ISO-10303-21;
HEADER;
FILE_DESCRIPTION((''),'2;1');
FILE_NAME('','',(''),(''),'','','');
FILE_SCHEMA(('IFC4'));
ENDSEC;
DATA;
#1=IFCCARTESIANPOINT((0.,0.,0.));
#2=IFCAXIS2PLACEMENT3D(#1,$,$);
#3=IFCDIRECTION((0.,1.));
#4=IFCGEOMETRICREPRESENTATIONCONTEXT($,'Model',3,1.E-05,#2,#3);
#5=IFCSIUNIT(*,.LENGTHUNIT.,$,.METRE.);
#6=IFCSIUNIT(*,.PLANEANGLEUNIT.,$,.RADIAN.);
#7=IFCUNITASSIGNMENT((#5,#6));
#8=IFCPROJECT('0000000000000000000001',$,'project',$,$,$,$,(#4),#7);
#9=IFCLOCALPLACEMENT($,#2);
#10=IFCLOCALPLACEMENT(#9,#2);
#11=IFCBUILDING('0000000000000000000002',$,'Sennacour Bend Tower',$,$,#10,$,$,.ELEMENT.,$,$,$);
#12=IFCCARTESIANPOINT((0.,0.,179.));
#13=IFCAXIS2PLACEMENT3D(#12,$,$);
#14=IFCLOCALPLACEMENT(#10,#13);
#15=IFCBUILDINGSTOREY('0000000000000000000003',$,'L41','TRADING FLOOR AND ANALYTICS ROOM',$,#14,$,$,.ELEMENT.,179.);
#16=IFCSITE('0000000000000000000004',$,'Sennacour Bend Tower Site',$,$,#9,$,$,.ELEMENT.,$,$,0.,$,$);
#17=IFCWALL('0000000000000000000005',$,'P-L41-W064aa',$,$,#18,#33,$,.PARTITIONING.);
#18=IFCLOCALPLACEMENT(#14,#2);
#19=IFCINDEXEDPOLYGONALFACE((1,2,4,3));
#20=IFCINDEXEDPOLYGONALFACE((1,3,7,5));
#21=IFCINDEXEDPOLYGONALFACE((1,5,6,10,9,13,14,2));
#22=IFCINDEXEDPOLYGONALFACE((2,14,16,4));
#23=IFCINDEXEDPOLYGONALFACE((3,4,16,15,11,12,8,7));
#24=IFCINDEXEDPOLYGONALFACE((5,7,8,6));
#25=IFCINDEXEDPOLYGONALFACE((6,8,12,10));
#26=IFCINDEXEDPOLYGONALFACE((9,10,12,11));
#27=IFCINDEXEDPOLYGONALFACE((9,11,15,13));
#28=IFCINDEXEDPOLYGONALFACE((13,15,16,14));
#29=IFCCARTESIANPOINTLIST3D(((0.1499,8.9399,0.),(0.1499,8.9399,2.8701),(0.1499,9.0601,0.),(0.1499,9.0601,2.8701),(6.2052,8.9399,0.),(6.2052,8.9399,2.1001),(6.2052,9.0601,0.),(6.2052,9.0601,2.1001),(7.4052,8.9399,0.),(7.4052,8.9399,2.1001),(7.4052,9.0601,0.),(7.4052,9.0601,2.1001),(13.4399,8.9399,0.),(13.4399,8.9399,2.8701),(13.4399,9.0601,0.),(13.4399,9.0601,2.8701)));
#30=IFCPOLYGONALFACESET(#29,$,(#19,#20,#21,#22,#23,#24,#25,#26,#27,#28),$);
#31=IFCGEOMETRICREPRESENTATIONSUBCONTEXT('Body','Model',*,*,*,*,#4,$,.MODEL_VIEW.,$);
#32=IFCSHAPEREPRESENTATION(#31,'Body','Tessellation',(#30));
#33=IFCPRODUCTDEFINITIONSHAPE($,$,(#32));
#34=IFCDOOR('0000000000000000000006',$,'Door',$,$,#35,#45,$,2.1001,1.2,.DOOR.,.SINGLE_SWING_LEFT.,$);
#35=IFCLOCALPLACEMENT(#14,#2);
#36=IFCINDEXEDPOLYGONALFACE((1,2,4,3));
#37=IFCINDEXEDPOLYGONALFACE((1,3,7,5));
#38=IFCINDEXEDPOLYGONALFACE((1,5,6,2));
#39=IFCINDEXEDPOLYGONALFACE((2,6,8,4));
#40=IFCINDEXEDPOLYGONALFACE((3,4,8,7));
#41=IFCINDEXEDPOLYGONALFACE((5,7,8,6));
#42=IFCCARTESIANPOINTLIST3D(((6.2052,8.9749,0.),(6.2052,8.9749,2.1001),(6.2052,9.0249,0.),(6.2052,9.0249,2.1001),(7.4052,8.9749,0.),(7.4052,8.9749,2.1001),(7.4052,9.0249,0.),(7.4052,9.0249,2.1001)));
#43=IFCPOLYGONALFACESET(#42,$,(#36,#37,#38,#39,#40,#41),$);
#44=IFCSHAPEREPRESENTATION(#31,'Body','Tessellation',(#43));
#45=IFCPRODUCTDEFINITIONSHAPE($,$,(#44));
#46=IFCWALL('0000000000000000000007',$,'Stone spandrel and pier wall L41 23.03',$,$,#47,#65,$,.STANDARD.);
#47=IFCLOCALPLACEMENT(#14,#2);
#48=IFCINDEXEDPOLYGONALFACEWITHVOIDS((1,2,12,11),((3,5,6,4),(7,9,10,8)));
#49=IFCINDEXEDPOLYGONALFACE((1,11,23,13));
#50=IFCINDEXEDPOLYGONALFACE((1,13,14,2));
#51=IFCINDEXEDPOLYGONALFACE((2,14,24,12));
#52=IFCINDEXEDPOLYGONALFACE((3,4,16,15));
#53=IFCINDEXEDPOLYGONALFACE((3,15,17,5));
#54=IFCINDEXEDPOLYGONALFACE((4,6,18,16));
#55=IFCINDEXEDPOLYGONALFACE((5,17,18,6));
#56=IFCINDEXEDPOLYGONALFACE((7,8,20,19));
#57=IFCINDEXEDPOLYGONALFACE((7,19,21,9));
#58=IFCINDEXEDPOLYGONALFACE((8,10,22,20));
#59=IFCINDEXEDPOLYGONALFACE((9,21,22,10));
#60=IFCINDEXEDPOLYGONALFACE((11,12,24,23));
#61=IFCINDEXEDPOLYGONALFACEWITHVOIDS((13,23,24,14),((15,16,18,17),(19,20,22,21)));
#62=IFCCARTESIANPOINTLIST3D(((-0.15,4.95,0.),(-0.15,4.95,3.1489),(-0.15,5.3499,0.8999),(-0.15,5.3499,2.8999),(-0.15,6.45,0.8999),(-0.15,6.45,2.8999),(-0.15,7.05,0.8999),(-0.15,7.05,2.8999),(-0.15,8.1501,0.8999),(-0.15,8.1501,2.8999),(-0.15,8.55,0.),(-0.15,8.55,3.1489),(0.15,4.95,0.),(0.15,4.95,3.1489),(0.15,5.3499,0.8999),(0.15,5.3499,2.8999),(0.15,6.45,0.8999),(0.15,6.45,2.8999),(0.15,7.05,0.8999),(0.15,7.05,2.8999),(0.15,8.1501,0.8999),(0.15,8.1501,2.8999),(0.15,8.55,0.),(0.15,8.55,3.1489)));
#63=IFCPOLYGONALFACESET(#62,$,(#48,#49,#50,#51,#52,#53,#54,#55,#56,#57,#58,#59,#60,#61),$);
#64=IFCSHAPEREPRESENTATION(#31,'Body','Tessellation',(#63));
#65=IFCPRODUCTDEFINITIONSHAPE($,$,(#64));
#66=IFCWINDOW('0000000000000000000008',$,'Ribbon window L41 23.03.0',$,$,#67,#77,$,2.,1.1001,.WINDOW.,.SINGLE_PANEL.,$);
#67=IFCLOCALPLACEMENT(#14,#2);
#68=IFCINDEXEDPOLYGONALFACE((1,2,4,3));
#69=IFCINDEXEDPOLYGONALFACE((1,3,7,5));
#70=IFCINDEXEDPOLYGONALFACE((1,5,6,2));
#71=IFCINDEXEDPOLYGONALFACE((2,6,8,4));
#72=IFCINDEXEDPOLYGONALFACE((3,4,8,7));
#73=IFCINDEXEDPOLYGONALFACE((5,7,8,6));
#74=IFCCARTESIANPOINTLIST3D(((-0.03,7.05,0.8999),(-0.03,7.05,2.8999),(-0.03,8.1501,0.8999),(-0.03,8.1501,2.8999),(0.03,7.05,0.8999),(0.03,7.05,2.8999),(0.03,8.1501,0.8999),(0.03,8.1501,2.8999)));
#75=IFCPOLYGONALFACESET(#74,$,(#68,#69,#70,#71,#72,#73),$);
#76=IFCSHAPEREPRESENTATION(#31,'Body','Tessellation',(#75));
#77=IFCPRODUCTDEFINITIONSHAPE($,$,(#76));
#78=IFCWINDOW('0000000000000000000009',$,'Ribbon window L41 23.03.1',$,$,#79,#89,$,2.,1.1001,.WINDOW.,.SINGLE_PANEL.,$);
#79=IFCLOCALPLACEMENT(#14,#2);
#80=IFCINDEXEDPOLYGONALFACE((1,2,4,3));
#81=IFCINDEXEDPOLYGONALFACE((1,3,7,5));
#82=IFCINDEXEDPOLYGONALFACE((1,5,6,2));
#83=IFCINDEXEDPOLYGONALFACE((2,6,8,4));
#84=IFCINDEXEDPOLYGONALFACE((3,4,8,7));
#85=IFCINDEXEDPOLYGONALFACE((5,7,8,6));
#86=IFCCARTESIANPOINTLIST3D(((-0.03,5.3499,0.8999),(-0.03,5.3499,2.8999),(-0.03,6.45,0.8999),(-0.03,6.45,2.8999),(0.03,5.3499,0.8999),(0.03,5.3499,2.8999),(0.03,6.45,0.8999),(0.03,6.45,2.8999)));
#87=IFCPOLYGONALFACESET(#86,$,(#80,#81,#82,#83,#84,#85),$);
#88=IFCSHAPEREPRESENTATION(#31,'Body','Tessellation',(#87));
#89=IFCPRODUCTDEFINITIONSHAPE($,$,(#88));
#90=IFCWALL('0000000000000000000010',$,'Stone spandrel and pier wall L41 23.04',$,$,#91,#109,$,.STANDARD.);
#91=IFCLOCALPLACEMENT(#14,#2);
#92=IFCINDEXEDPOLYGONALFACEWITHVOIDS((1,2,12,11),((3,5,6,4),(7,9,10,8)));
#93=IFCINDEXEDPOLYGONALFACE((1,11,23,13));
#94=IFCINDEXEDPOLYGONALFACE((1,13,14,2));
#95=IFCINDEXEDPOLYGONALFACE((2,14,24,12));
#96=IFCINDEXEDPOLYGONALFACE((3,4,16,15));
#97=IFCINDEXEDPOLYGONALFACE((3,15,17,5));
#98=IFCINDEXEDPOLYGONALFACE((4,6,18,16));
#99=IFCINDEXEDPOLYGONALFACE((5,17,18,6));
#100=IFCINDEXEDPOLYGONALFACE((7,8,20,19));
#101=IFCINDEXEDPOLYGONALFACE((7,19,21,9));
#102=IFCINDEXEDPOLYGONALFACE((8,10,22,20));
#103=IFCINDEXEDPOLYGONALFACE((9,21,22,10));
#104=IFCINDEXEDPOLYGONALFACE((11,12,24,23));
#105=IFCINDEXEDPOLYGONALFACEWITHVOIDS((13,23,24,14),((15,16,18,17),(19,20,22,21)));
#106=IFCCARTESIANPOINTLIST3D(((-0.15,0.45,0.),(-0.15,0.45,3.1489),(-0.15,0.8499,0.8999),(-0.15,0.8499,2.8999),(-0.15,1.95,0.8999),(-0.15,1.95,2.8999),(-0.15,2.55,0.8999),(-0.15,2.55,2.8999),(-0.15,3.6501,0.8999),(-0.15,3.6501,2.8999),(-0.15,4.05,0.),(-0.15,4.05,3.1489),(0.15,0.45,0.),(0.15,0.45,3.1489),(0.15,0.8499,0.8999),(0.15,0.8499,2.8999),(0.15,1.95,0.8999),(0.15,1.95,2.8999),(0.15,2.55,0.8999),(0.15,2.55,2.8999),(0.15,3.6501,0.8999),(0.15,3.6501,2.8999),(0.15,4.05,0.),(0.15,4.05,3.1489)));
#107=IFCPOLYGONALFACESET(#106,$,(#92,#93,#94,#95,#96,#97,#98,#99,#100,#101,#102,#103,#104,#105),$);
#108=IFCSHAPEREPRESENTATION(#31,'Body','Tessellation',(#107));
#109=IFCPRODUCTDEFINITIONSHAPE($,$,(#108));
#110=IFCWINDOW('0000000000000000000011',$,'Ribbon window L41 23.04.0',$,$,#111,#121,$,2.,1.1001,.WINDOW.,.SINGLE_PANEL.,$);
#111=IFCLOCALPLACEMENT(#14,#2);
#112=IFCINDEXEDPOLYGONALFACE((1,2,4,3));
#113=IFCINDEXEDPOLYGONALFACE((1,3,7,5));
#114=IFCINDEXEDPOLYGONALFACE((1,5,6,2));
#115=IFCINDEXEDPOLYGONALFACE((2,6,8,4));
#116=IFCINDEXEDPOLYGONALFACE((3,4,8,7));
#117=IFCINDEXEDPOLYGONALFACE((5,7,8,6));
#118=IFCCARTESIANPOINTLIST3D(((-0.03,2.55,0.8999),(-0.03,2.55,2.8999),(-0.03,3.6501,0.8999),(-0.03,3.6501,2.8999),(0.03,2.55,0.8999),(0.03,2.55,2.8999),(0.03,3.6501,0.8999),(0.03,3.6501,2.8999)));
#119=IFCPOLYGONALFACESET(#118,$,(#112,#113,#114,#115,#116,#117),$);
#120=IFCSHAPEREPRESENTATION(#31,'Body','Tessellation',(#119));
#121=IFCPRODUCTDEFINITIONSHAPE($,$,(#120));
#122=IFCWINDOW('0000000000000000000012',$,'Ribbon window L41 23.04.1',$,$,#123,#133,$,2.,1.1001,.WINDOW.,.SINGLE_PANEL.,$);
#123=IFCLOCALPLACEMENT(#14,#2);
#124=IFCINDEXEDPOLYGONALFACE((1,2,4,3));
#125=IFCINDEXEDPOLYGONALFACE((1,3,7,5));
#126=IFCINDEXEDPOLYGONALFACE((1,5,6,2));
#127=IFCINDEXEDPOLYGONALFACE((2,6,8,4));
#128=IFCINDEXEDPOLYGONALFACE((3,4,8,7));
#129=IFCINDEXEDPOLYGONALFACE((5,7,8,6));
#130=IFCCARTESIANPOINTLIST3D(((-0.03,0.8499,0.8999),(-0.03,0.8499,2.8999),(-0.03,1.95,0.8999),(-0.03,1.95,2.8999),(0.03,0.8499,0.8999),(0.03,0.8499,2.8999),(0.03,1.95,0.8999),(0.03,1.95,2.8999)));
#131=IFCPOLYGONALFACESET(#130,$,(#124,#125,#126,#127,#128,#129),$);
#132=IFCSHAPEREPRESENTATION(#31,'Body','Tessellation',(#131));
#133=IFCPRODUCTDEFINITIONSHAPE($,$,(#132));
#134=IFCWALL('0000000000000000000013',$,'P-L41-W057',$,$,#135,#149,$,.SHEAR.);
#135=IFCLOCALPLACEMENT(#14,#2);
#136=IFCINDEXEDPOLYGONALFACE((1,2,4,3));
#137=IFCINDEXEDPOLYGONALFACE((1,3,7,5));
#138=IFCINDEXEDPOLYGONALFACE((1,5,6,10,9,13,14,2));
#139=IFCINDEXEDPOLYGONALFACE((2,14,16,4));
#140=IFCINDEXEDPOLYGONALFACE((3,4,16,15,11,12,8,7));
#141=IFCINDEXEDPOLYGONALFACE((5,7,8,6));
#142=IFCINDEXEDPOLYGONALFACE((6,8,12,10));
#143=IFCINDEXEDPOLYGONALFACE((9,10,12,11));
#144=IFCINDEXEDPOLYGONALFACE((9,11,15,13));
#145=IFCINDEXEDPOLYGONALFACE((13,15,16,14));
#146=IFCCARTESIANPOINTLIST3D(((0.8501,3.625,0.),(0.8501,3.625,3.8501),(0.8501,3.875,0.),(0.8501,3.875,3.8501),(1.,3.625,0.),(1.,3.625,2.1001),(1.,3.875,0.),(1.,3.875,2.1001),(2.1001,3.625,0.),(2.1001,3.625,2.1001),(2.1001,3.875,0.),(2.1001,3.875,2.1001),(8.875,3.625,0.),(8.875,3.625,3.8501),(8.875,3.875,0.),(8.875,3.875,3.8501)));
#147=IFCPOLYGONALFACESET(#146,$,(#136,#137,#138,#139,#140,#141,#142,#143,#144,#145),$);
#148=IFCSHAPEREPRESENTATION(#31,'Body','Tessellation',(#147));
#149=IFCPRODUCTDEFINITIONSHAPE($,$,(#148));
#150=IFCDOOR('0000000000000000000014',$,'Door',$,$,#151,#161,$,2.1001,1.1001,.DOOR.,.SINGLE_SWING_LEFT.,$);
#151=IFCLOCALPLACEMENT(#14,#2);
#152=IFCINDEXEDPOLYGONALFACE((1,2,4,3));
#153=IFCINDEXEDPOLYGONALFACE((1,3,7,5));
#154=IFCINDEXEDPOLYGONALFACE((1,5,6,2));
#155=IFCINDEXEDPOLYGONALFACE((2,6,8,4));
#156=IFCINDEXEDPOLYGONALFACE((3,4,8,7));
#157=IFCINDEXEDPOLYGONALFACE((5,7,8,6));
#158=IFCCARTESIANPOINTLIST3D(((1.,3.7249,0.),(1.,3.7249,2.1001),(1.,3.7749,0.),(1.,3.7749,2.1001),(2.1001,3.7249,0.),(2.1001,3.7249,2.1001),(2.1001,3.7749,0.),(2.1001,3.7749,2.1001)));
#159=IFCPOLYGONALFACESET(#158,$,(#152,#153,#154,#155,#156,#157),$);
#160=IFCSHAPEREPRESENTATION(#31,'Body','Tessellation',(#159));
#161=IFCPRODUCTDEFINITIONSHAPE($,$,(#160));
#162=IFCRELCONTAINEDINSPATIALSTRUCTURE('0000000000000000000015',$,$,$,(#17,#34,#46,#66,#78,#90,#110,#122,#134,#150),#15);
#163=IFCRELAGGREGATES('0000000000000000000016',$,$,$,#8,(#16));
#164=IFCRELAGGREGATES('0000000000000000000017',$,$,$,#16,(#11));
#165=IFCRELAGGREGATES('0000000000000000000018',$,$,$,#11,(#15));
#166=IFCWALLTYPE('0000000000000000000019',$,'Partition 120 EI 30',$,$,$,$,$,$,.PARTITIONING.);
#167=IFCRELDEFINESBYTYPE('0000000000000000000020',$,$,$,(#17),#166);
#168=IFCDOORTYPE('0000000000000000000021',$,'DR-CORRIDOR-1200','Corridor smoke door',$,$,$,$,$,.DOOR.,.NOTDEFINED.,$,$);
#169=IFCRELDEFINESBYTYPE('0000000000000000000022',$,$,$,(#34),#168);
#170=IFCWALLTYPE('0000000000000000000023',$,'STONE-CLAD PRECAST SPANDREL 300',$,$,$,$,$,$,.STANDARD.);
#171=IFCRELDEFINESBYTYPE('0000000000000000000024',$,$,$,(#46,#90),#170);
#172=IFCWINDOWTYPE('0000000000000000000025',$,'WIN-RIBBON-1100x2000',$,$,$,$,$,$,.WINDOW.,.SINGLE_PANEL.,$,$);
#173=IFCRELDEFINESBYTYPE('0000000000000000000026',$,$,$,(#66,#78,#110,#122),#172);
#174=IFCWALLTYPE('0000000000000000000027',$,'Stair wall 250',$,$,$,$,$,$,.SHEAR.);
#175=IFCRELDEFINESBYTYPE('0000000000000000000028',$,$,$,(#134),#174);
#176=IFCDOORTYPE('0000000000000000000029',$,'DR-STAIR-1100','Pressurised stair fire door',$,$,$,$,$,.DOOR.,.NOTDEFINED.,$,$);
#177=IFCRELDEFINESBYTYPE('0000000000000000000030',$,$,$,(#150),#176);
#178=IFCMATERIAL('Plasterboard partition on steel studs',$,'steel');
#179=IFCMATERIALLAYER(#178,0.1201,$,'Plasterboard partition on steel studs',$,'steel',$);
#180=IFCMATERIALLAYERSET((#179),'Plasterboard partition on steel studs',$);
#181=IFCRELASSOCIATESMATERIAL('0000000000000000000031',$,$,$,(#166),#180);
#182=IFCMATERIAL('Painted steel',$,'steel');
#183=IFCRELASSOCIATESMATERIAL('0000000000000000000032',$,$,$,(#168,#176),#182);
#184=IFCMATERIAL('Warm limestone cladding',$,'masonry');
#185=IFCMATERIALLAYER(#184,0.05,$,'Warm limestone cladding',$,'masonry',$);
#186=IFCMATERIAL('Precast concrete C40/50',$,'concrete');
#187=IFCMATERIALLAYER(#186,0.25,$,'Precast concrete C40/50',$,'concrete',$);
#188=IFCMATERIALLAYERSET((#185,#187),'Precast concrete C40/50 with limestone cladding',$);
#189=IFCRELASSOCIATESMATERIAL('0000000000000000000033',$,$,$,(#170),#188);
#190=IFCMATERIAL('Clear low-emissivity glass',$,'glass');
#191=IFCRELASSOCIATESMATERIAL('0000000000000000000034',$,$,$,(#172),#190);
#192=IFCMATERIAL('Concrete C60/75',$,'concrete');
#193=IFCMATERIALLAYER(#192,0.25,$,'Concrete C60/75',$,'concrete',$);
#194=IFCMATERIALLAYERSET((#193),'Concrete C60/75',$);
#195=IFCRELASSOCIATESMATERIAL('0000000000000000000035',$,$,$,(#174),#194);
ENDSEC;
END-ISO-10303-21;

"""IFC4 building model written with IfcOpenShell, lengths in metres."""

from ifc_helpers import new_model, si_unit, direction, frame, frame_2d, origin, place, context, subcontext, project, spatial, rectangle, extrude, material, layer, layer_set, type_object, element, fill, save


model = new_model("IFC4")

# Units and contexts
model_context = context("Model", 3, precision=1e-05, world=origin(), true_north=direction((0.0, 1.0)))
body_context = subcontext(model_context, "Body", "Model", "MODEL_VIEW")
ifc_project = project(units=[si_unit("LENGTHUNIT", "METRE"), si_unit("PLANEANGLEUNIT", "RADIAN")], contexts=[model_context])

# Site, building, storey
site_placement = place(None, origin())
site = spatial("IfcSite", under=ifc_project, at=site_placement, Name="Sennacour Bend Tower Site", CompositionType="ELEMENT", RefElevation=0.0)
building_placement = place(site_placement, origin())
building = spatial("IfcBuilding", under=site, at=building_placement, Name="Sennacour Bend Tower", CompositionType="ELEMENT")
storey_placement = place(building_placement, frame((0.0, 0.0, 179.0)))
storey = spatial("IfcBuildingStorey", under=building, at=storey_placement, Name="L41", Description="TRADING FLOOR AND ANALYTICS ROOM", CompositionType="ELEMENT", Elevation=179.0)

# Shared definitions
ifc_material_1 = material(Name="Plasterboard partition on steel studs", Category="steel")

# Wall, opening, door
ifc_layer_1 = layer(ifc_material_1, 0.1201, Name="Plasterboard partition on steel studs", Category="steel")
ifc_layer_set_1 = layer_set([ifc_layer_1], Name="Plasterboard partition on steel studs")
wall_type_1 = type_object("IfcWallType", Name="Partition 120 EI 30", PredefinedType="PARTITIONING", material=ifc_layer_set_1)
wall_1_placement = place(storey_placement, frame((0.1499, 9.0, 0.0), z_axis=(0.0, 0.0, 1.0), x_axis=(1.0, 0.0, 0.0)))
wall_1 = element("IfcWall", 1, at=wall_1_placement, inside=storey, type_object=wall_type_1, Name="P-L41-W064aa", PredefinedType="PARTITIONING", context=body_context, shape_type="SweptSolid", body=[
    extrude(rectangle(XDim=13.29, YDim=0.1201, at=frame_2d((6.645, 0.0))), origin(), (0.0, 0.0, 1.0), 2.8701),
])
opening_1_placement = place(wall_1_placement, frame((6.0552, 0.0, 0.0)))
opening_1 = element("IfcOpeningElement", 2, at=opening_1_placement, cuts=wall_1, PredefinedType="OPENING", context=body_context, shape_type="SweptSolid", body=[
    extrude(rectangle(XDim=1.2, YDim=2.1001, at=frame_2d((0.6001, 1.05))), frame((0.0, 0.0701, 0.0), z_axis=(0.0, -1.0, 0.0), x_axis=(1.0, 0.0, 0.0)), (0.0, 0.0, 1.0), 0.1401),
])
ifc_material_2 = material(Name="Painted steel", Category="steel")
door_type_1 = type_object("IfcDoorType", Name="DR-CORRIDOR-1200", Description="Corridor smoke door", OperationType="NOTDEFINED", PredefinedType="DOOR", material=ifc_material_2)
door_1_placement = place(opening_1_placement, origin())
door_1 = element("IfcDoor", 3, at=door_1_placement, inside=storey, type_object=door_type_1, Name="Door", OperationType="SINGLE_SWING_LEFT", OverallHeight=2.1001, OverallWidth=1.2, PredefinedType="DOOR", context=body_context, shape_type="SweptSolid", body=[
    extrude(rectangle(XDim=1.2, YDim=2.1001, at=frame_2d((0.6001, 1.05))), frame((0.0, 0.0249, 0.0), z_axis=(0.0, -1.0, 0.0), x_axis=(1.0, 0.0, 0.0)), (0.0, 0.0, 1.0), 0.05),
])
fill(opening_1, door_1)

# Walls, openings, windows
ifc_material_3 = material(Name="Warm limestone cladding", Category="masonry")
ifc_layer_2 = layer(ifc_material_3, 0.05, Name="Warm limestone cladding", Category="masonry")
ifc_material_4 = material(Name="Precast concrete C40/50", Category="concrete")
ifc_layer_3 = layer(ifc_material_4, 0.25, Name="Precast concrete C40/50", Category="concrete")
ifc_layer_set_2 = layer_set([ifc_layer_2, ifc_layer_3], Name="Precast concrete C40/50 with limestone cladding")
wall_type_2 = type_object("IfcWallType", Name="STONE-CLAD PRECAST SPANDREL 300", PredefinedType="STANDARD", material=ifc_layer_set_2)
wall_2_placement = place(storey_placement, frame((0.0, 8.55, 0.0), z_axis=(0.0, 0.0, 1.0), x_axis=(0.0, -1.0, 0.0)))
wall_2 = element("IfcWall", 4, at=wall_2_placement, inside=storey, type_object=wall_type_2, Name="Stone spandrel and pier wall L41 23.03", PredefinedType="STANDARD", context=body_context, shape_type="SweptSolid", body=[
    extrude(rectangle(XDim=3.6001, YDim=0.3, at=frame_2d((1.8, 0.0))), origin(), (0.0, 0.0, 1.0), 3.1489),
])
opening_2_placement = place(wall_2_placement, frame((0.3999, 0.0, 0.8999)))
opening_2 = element("IfcOpeningElement", 5, at=opening_2_placement, cuts=wall_2, PredefinedType="OPENING", context=body_context, shape_type="SweptSolid", body=[
    extrude(rectangle(XDim=1.1001, YDim=2.0, at=frame_2d((0.55, 1.0))), frame((0.0, 0.1602, 0.0), z_axis=(0.0, -1.0, 0.0), x_axis=(1.0, 0.0, 0.0)), (0.0, 0.0, 1.0), 0.3201),
])
opening_3_placement = place(wall_2_placement, frame((2.1001, 0.0, 0.8999)))
opening_3 = element("IfcOpeningElement", 6, at=opening_3_placement, cuts=wall_2, PredefinedType="OPENING", context=body_context, shape_type="SweptSolid", body=[
    extrude(rectangle(XDim=1.1001, YDim=2.0, at=frame_2d((0.55, 1.0))), frame((0.0, 0.1602, 0.0), z_axis=(0.0, -1.0, 0.0), x_axis=(1.0, 0.0, 0.0)), (0.0, 0.0, 1.0), 0.3201),
])
ifc_material_5 = material(Name="Clear low-emissivity glass", Category="glass")
window_type = type_object("IfcWindowType", Name="WIN-RIBBON-1100x2000", PartitioningType="SINGLE_PANEL", PredefinedType="WINDOW", material=ifc_material_5)
window_1_placement = place(opening_2_placement, origin())
window_1 = element("IfcWindow", 7, at=window_1_placement, inside=storey, type_object=window_type, Name="Ribbon window L41 23.03.0", OverallHeight=2.0, OverallWidth=1.1001, PartitioningType="SINGLE_PANEL", PredefinedType="WINDOW", context=body_context, shape_type="SweptSolid", body=[
    extrude(rectangle(XDim=1.1001, YDim=2.0, at=frame_2d((0.55, 1.0))), frame((0.0, 0.03, 0.0), z_axis=(0.0, -1.0, 0.0), x_axis=(1.0, 0.0, 0.0)), (0.0, 0.0, 1.0), 0.0601),
])
fill(opening_2, window_1)
window_2_placement = place(opening_3_placement, origin())
window_2 = element("IfcWindow", 8, at=window_2_placement, inside=storey, type_object=window_type, Name="Ribbon window L41 23.03.1", OverallHeight=2.0, OverallWidth=1.1001, PartitioningType="SINGLE_PANEL", PredefinedType="WINDOW", context=body_context, shape_type="SweptSolid", body=[
    extrude(rectangle(XDim=1.1001, YDim=2.0, at=frame_2d((0.55, 1.0))), frame((0.0, 0.03, 0.0), z_axis=(0.0, -1.0, 0.0), x_axis=(1.0, 0.0, 0.0)), (0.0, 0.0, 1.0), 0.0601),
])
fill(opening_3, window_2)
wall_3_placement = place(storey_placement, frame((0.0, 4.05, 0.0), z_axis=(0.0, 0.0, 1.0), x_axis=(0.0, -1.0, 0.0)))
wall_3 = element("IfcWall", 9, at=wall_3_placement, inside=storey, type_object=wall_type_2, Name="Stone spandrel and pier wall L41 23.04", PredefinedType="STANDARD", context=body_context, shape_type="SweptSolid", body=[
    extrude(rectangle(XDim=3.6001, YDim=0.3, at=frame_2d((1.8, 0.0))), origin(), (0.0, 0.0, 1.0), 3.1489),
])
opening_4_placement = place(wall_3_placement, frame((0.3999, 0.0, 0.8999)))
opening_4 = element("IfcOpeningElement", 10, at=opening_4_placement, cuts=wall_3, PredefinedType="OPENING", context=body_context, shape_type="SweptSolid", body=[
    extrude(rectangle(XDim=1.1001, YDim=2.0, at=frame_2d((0.55, 1.0))), frame((0.0, 0.1602, 0.0), z_axis=(0.0, -1.0, 0.0), x_axis=(1.0, 0.0, 0.0)), (0.0, 0.0, 1.0), 0.3201),
])
opening_5_placement = place(wall_3_placement, frame((2.1001, 0.0, 0.8999)))
opening_5 = element("IfcOpeningElement", 11, at=opening_5_placement, cuts=wall_3, PredefinedType="OPENING", context=body_context, shape_type="SweptSolid", body=[
    extrude(rectangle(XDim=1.1001, YDim=2.0, at=frame_2d((0.55, 1.0))), frame((0.0, 0.1602, 0.0), z_axis=(0.0, -1.0, 0.0), x_axis=(1.0, 0.0, 0.0)), (0.0, 0.0, 1.0), 0.3201),
])
window_3_placement = place(opening_4_placement, origin())
window_3 = element("IfcWindow", 12, at=window_3_placement, inside=storey, type_object=window_type, Name="Ribbon window L41 23.04.0", OverallHeight=2.0, OverallWidth=1.1001, PartitioningType="SINGLE_PANEL", PredefinedType="WINDOW", context=body_context, shape_type="SweptSolid", body=[
    extrude(rectangle(XDim=1.1001, YDim=2.0, at=frame_2d((0.55, 1.0))), frame((0.0, 0.03, 0.0), z_axis=(0.0, -1.0, 0.0), x_axis=(1.0, 0.0, 0.0)), (0.0, 0.0, 1.0), 0.0601),
])
fill(opening_4, window_3)
window_4_placement = place(opening_5_placement, origin())
window_4 = element("IfcWindow", 13, at=window_4_placement, inside=storey, type_object=window_type, Name="Ribbon window L41 23.04.1", OverallHeight=2.0, OverallWidth=1.1001, PartitioningType="SINGLE_PANEL", PredefinedType="WINDOW", context=body_context, shape_type="SweptSolid", body=[
    extrude(rectangle(XDim=1.1001, YDim=2.0, at=frame_2d((0.55, 1.0))), frame((0.0, 0.03, 0.0), z_axis=(0.0, -1.0, 0.0), x_axis=(1.0, 0.0, 0.0)), (0.0, 0.0, 1.0), 0.0601),
])
fill(opening_5, window_4)

# Wall, opening, door
ifc_material_6 = material(Name="Concrete C60/75", Category="concrete")
ifc_layer_4 = layer(ifc_material_6, 0.25, Name="Concrete C60/75", Category="concrete")
ifc_layer_set_3 = layer_set([ifc_layer_4], Name="Concrete C60/75")
wall_type_3 = type_object("IfcWallType", Name="Stair wall 250", PredefinedType="SHEAR", material=ifc_layer_set_3)
wall_4_placement = place(storey_placement, frame((0.8501, 3.75, 0.0), z_axis=(0.0, 0.0, 1.0), x_axis=(1.0, 0.0, 0.0)))
wall_4 = element("IfcWall", 14, at=wall_4_placement, inside=storey, type_object=wall_type_3, Name="P-L41-W057", PredefinedType="SHEAR", context=body_context, shape_type="SweptSolid", body=[
    extrude(rectangle(XDim=8.0249, YDim=0.25, at=frame_2d((4.0125, 0.0))), origin(), (0.0, 0.0, 1.0), 3.8501),
])
opening_6_placement = place(wall_4_placement, frame((0.1499, 0.0, 0.0)))
opening_6 = element("IfcOpeningElement", 15, at=opening_6_placement, cuts=wall_4, PredefinedType="OPENING", context=body_context, shape_type="SweptSolid", body=[
    extrude(rectangle(XDim=1.1001, YDim=2.1001, at=frame_2d((0.55, 1.05))), frame((0.0, 0.135, 0.0), z_axis=(0.0, -1.0, 0.0), x_axis=(1.0, 0.0, 0.0)), (0.0, 0.0, 1.0), 0.27),
])
door_type_2 = type_object("IfcDoorType", Name="DR-STAIR-1100", Description="Pressurised stair fire door", OperationType="NOTDEFINED", PredefinedType="DOOR", material=ifc_material_2)
door_2_placement = place(opening_6_placement, origin())
door_2 = element("IfcDoor", 16, at=door_2_placement, inside=storey, type_object=door_type_2, Name="Door", OperationType="SINGLE_SWING_LEFT", OverallHeight=2.1001, OverallWidth=1.1001, PredefinedType="DOOR", context=body_context, shape_type="SweptSolid", body=[
    extrude(rectangle(XDim=1.1001, YDim=2.1001, at=frame_2d((0.55, 1.05))), frame((0.0, 0.0249, 0.0), z_axis=(0.0, -1.0, 0.0), x_axis=(1.0, 0.0, 0.0)), (0.0, 0.0, 1.0), 0.05),
])
fill(opening_6, door_2)

save(model, "model.ifc")
